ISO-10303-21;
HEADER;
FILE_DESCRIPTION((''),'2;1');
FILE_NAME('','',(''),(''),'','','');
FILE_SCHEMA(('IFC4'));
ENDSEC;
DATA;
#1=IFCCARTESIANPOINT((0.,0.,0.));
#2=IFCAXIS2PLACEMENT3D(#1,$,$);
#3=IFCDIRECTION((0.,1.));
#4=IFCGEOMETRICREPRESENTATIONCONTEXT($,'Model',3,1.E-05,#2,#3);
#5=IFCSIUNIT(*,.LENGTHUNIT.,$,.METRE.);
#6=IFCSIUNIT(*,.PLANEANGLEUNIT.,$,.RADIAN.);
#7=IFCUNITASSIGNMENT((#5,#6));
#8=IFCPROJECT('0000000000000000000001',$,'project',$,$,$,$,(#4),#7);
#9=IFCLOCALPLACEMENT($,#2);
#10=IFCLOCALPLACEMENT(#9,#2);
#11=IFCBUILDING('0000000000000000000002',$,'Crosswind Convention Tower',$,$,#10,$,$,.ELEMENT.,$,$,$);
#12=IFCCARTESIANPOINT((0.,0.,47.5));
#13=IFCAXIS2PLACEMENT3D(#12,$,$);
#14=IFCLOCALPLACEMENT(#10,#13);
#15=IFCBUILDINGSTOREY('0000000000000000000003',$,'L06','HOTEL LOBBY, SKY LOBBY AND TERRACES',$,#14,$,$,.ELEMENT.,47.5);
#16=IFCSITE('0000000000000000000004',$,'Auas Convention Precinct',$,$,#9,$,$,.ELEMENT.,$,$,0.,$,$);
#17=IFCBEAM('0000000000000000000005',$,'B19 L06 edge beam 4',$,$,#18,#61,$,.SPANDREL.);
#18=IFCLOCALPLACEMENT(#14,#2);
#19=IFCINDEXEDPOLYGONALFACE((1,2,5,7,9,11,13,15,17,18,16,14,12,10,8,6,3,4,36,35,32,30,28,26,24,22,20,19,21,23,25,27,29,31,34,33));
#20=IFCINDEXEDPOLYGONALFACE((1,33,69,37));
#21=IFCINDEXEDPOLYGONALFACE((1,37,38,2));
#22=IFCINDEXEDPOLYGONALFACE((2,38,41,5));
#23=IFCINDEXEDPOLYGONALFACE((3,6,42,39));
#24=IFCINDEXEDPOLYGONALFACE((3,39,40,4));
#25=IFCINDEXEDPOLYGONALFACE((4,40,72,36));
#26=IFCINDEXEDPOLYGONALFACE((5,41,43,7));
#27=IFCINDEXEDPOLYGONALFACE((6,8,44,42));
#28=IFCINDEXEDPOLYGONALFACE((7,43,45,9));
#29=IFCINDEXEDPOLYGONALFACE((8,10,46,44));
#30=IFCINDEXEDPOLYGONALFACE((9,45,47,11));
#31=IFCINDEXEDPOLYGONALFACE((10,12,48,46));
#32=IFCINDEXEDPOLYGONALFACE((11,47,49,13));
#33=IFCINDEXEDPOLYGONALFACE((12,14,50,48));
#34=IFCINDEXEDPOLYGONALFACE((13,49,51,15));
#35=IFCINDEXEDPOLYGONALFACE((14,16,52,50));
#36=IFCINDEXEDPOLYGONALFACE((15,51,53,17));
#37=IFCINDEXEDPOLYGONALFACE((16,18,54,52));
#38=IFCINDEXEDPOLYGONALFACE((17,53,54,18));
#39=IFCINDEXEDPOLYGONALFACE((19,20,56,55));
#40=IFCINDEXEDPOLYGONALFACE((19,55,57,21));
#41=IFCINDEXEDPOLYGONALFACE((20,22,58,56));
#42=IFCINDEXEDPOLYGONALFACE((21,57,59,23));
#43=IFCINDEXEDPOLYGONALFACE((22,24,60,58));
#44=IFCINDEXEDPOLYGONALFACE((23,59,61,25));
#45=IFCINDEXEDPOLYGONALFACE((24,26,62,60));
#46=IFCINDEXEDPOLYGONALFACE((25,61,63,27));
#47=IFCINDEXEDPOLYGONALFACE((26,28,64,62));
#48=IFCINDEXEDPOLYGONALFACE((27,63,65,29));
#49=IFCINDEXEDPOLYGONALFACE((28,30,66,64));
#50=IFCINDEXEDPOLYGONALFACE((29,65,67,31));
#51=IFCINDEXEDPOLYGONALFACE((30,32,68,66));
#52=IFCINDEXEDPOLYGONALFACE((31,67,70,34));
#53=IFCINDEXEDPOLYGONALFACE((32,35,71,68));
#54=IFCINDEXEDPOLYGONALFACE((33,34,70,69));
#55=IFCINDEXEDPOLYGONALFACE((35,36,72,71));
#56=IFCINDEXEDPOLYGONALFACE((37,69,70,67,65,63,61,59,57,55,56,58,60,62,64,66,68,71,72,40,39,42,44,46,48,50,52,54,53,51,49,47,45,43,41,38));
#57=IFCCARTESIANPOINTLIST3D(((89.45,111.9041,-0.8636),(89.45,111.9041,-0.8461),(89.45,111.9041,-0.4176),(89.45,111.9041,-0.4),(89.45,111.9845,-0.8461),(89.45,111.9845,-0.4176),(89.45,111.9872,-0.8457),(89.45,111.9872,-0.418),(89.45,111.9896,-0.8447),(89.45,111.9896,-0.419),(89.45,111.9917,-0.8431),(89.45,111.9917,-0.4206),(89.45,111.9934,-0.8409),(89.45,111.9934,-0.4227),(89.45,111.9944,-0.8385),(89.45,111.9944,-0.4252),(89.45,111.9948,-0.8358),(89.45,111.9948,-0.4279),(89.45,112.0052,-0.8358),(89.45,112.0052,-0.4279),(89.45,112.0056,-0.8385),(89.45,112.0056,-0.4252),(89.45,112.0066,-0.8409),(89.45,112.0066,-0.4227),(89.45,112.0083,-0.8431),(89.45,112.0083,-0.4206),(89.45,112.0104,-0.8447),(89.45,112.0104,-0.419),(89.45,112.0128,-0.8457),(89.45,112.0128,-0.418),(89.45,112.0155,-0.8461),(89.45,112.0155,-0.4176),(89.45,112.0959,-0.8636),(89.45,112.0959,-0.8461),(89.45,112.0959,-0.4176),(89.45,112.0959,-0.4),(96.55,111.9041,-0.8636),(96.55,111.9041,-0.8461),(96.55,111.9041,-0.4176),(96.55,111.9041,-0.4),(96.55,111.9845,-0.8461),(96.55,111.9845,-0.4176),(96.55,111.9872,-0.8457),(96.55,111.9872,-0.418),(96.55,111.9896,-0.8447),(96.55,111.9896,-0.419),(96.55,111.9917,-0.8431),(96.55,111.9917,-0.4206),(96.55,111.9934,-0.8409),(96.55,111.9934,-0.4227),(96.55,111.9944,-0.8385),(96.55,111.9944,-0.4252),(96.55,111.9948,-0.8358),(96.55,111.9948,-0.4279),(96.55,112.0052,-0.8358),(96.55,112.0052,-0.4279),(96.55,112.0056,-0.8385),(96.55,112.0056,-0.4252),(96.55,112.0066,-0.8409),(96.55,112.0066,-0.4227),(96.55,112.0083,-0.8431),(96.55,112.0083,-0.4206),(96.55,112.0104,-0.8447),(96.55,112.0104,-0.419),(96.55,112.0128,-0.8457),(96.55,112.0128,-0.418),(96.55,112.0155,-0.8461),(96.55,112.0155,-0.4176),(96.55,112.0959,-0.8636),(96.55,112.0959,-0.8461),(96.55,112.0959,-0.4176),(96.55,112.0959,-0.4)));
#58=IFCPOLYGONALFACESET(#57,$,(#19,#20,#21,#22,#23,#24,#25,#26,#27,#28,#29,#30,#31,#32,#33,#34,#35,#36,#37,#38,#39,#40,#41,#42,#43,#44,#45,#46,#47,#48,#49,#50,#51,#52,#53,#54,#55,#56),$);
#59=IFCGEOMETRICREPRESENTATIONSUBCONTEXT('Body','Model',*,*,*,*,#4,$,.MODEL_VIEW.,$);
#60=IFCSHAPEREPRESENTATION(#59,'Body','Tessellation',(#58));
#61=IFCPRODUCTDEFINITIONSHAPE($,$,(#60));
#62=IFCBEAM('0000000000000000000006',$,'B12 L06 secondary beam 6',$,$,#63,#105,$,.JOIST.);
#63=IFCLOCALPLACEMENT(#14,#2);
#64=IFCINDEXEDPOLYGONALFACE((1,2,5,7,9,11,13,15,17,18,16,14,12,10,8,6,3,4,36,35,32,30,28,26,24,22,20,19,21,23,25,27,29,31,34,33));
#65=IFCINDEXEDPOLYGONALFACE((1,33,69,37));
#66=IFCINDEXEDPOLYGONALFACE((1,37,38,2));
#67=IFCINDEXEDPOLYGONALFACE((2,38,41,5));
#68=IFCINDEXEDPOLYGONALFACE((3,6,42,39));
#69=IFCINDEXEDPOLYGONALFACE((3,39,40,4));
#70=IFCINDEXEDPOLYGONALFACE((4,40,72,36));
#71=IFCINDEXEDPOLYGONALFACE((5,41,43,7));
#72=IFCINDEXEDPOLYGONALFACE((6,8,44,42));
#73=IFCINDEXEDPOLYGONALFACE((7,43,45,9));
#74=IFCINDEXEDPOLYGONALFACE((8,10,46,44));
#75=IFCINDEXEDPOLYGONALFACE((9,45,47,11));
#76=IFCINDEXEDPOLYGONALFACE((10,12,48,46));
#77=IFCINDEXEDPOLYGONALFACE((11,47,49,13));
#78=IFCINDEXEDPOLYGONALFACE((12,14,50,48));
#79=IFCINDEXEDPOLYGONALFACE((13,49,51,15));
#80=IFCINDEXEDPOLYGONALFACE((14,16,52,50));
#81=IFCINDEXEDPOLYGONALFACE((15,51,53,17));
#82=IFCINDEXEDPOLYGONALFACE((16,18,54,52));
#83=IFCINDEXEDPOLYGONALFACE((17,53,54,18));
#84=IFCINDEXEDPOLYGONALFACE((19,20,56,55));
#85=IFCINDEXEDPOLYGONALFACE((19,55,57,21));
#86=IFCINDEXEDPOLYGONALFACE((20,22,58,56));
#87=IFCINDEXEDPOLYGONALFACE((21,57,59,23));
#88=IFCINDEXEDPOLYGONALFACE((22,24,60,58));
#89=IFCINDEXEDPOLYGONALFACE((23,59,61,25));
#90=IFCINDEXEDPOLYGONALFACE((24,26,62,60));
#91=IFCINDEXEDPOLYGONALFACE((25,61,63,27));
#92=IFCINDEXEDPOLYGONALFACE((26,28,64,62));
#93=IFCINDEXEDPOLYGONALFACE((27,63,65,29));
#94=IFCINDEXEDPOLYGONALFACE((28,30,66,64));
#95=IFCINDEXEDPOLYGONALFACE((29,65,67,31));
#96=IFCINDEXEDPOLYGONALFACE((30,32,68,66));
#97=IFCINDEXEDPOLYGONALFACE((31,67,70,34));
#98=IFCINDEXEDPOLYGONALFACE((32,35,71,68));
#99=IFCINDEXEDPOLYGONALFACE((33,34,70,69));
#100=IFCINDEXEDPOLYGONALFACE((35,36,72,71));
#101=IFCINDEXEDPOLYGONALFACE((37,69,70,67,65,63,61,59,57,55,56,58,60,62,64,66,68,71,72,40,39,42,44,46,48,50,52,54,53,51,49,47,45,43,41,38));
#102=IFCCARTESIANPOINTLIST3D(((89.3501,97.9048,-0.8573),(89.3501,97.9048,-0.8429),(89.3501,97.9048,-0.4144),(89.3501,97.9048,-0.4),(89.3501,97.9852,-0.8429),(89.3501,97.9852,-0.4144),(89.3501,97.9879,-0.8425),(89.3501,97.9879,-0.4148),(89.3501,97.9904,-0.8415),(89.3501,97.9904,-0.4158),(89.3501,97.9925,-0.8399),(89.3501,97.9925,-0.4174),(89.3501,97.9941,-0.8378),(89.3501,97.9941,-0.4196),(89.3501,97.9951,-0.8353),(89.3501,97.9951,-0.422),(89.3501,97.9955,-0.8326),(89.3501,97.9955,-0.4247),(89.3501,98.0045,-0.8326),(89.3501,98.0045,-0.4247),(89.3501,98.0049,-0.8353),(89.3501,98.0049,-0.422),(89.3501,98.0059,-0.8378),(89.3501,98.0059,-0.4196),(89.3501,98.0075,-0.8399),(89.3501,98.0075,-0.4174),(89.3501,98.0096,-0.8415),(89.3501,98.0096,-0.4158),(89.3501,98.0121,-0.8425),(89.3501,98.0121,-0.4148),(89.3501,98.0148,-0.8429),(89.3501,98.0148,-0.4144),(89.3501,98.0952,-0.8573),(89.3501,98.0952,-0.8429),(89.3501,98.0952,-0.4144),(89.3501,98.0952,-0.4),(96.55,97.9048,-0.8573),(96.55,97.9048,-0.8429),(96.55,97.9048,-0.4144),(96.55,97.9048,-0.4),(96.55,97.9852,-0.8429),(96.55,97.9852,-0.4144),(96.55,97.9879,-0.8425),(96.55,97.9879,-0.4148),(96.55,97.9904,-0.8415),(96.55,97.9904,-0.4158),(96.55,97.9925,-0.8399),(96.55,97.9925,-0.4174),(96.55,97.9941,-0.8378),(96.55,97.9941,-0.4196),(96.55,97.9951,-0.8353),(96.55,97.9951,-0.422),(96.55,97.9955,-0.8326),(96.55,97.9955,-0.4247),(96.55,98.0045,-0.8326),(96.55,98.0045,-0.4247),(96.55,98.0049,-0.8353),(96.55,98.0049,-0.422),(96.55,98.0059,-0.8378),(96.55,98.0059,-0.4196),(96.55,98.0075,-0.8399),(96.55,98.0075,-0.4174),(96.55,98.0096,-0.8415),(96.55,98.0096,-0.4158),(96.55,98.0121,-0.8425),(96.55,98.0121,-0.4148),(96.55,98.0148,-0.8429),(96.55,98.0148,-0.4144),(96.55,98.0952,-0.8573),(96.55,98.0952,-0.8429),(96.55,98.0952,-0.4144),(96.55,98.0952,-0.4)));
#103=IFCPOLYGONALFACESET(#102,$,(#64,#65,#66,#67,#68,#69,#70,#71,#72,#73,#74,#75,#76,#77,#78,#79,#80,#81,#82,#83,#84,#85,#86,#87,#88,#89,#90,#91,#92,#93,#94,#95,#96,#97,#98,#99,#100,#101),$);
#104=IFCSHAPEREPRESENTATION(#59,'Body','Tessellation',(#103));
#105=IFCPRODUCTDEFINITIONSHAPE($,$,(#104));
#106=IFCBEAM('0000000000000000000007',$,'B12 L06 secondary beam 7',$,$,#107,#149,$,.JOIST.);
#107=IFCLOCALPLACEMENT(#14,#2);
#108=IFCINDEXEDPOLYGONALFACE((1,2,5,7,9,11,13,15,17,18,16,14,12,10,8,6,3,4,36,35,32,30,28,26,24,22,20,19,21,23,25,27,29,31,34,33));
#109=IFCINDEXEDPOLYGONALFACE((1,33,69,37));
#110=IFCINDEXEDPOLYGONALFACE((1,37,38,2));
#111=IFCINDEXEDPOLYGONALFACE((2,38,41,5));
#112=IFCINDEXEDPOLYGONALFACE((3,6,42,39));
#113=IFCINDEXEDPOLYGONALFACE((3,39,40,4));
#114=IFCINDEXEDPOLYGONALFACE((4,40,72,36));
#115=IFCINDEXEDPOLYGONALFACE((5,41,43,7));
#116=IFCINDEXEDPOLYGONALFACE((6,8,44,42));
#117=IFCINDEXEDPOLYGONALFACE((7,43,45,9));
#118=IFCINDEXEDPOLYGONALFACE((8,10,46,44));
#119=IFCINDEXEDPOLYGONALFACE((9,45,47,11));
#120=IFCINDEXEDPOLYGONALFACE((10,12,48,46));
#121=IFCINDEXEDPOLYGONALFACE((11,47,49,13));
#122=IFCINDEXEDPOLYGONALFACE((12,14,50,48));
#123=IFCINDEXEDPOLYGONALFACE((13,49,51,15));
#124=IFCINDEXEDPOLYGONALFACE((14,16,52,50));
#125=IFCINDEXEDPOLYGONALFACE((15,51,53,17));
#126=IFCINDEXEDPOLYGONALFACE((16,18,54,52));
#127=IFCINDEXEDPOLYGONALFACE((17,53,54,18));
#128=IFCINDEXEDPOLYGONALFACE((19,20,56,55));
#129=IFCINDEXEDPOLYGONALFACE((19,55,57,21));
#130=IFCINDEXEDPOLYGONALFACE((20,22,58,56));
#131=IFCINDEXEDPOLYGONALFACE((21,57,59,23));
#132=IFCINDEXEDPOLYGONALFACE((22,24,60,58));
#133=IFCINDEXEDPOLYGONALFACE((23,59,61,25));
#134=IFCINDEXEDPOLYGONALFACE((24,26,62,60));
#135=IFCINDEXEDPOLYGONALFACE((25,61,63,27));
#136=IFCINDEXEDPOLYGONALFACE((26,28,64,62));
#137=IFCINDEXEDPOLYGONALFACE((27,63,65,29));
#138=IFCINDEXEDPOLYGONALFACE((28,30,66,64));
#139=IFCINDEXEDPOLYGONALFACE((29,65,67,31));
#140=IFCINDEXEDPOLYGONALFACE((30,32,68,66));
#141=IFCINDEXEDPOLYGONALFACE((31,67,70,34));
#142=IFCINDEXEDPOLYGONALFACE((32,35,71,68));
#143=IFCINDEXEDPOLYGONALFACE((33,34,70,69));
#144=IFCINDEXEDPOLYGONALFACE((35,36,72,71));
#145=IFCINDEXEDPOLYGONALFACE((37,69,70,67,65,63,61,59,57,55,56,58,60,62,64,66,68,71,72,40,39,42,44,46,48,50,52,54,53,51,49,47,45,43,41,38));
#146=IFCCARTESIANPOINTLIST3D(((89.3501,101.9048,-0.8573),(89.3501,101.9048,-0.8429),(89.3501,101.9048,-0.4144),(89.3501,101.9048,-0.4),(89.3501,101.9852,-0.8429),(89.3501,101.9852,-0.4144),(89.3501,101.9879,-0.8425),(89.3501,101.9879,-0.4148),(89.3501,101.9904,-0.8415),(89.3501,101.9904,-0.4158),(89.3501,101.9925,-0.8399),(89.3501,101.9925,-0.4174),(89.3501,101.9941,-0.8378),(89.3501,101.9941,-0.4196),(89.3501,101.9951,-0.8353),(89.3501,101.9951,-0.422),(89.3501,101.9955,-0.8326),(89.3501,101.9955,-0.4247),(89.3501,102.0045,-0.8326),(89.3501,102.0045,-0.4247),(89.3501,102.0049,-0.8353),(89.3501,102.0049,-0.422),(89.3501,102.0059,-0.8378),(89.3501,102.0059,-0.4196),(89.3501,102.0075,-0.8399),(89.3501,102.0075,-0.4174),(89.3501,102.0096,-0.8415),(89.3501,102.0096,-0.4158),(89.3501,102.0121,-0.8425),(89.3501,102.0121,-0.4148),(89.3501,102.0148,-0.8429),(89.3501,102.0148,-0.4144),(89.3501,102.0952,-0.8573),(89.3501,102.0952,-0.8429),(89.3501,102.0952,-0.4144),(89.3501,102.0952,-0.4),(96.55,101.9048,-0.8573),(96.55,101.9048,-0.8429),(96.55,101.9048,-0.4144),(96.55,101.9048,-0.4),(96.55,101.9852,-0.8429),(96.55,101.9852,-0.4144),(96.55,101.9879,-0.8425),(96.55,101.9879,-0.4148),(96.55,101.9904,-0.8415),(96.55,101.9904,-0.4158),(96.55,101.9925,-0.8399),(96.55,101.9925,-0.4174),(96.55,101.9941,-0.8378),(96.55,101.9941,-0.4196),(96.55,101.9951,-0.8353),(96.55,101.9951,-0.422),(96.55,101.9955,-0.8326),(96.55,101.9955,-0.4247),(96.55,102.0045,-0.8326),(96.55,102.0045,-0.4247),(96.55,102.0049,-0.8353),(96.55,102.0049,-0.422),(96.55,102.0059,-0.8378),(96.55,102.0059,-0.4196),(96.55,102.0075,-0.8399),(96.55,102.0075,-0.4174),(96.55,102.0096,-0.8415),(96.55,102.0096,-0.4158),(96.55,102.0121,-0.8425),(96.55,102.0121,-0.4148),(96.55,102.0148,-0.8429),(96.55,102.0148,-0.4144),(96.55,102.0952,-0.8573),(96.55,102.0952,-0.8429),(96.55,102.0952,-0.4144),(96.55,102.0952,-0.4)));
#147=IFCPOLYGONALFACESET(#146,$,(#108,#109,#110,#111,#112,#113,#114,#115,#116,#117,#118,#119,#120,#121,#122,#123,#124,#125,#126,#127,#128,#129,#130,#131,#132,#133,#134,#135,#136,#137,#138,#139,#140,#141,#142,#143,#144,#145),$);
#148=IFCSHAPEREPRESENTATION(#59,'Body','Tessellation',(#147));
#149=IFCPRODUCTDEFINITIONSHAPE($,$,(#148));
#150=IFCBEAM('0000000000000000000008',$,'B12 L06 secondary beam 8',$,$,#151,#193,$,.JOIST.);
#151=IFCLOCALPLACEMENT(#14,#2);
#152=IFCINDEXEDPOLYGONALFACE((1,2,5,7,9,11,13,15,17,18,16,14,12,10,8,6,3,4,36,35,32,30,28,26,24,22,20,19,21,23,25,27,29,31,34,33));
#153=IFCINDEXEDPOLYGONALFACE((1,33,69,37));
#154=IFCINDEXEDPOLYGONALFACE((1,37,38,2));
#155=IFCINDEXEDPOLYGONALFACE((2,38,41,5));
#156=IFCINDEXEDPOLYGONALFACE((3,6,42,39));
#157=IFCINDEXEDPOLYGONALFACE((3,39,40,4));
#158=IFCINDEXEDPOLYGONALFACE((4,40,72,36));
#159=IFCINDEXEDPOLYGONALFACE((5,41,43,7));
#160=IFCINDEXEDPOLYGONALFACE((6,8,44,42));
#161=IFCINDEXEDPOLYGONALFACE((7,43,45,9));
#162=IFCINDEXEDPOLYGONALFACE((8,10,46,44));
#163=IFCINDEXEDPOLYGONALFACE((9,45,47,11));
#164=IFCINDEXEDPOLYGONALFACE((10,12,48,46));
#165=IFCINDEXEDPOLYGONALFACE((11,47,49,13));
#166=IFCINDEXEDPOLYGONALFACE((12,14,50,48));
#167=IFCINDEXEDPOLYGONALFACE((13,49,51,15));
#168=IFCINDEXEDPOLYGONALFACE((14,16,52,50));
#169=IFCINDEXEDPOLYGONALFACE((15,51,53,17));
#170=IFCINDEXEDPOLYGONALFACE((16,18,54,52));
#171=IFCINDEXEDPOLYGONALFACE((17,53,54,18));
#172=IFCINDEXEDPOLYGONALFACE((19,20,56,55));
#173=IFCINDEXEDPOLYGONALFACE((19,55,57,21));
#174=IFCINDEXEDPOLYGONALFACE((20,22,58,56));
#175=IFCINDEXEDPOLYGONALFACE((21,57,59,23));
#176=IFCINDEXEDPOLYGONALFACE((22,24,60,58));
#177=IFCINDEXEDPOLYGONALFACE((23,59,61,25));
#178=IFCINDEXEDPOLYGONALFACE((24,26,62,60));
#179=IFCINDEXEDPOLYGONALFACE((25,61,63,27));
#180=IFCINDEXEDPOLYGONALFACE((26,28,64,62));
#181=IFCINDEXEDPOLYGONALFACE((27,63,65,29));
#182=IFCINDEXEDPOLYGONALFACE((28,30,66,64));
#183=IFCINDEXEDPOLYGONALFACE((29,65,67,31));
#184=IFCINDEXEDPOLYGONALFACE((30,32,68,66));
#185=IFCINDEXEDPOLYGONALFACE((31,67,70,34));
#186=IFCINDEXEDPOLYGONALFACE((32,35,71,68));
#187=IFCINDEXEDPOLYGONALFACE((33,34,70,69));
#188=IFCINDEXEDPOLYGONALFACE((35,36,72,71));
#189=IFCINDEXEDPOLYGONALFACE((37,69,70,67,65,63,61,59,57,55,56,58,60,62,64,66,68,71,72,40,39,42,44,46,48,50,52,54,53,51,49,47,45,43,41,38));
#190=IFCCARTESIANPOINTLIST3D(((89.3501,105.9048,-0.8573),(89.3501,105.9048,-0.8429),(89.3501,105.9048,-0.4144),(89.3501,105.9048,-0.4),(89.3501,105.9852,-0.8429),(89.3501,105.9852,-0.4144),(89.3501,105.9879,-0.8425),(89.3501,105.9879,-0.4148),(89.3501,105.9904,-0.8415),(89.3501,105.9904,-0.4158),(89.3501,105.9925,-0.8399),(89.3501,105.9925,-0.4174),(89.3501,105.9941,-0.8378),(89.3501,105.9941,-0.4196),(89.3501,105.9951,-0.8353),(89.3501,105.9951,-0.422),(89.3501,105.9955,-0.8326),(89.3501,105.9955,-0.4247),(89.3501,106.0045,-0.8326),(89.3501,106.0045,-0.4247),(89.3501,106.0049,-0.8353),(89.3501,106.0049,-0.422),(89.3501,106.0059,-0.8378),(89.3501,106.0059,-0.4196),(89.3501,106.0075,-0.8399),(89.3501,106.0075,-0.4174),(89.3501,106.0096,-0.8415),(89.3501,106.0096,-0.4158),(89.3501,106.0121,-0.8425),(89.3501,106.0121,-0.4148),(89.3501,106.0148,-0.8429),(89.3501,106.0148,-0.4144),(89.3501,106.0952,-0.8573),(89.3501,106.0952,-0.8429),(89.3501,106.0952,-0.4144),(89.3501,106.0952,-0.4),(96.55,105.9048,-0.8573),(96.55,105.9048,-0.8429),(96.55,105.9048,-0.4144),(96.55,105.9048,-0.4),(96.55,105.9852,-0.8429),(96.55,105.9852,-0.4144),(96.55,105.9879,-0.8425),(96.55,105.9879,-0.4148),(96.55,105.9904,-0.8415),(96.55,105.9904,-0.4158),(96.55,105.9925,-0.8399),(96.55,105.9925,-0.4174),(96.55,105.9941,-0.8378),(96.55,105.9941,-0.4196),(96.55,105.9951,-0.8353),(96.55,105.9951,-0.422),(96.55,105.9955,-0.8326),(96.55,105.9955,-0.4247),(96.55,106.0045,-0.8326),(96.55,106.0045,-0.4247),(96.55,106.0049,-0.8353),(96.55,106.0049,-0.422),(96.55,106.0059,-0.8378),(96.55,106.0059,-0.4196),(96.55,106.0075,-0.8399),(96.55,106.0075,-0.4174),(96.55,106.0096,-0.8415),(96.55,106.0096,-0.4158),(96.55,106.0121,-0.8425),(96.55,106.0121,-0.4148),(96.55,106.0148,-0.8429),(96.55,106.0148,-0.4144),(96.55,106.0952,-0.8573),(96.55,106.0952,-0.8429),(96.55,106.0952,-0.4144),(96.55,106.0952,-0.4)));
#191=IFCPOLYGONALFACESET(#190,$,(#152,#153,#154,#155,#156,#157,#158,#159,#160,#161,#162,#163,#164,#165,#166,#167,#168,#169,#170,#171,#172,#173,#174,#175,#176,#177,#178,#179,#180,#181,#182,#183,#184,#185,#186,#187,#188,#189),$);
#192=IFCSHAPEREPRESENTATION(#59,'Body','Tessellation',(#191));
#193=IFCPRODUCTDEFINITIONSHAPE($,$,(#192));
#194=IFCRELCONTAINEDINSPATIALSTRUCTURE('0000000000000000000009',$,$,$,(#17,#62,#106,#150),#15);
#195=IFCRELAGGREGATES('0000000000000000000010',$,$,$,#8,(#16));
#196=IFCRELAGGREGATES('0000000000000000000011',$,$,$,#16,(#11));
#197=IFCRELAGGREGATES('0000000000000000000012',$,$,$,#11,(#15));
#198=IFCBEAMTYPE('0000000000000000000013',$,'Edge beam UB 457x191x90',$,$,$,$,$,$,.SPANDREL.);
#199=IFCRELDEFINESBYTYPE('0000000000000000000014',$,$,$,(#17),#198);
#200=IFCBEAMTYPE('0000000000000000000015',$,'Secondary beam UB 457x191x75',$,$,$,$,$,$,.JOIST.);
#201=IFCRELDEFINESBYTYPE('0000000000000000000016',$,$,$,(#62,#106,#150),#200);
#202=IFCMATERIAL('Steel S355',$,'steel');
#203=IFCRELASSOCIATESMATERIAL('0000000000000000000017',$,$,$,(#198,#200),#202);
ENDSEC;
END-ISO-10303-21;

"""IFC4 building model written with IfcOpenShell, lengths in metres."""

from ifc_helpers import new_model, si_unit, direction, frame, origin, origin_2d, place, context, subcontext, project, spatial, i_section, extrude, material, material_profile, profile_set, type_object, element, save


model = new_model("IFC4")

# Units and contexts
model_context = context("Model", 3, precision=1e-05, world=origin(), true_north=direction((0.0, 1.0)))
body_context = subcontext(model_context, "Body", "Model", "MODEL_VIEW")
ifc_project = project(units=[si_unit("LENGTHUNIT", "METRE"), si_unit("PLANEANGLEUNIT", "RADIAN")], contexts=[model_context])

# Site, building, storey
site_placement = place(None, origin())
site = spatial("IfcSite", under=ifc_project, at=site_placement, Name="Auas Convention Precinct", CompositionType="ELEMENT", RefElevation=0.0)
building_placement = place(site_placement, origin())
building = spatial("IfcBuilding", under=site, at=building_placement, Name="Crosswind Convention Tower", CompositionType="ELEMENT")
storey_placement = place(building_placement, frame((0.0, 0.0, 47.5)))
storey = spatial("IfcBuildingStorey", under=building, at=storey_placement, Name="L06", Description="HOTEL LOBBY, SKY LOBBY AND TERRACES", CompositionType="ELEMENT", Elevation=47.5)

# Beams
ifc_material_1 = material(Name="Steel S355", Category="steel")
ifc_material_profile_1 = material_profile(ifc_material_1, i_section(OverallWidth=0.1919, OverallDepth=0.4636, WebThickness=0.0105, FlangeThickness=0.0176, FilletRadius=0.0103, at=origin_2d()), Name="UB 457x191x90")
ifc_profile_set_1 = profile_set([ifc_material_profile_1], Name="Steel S355")
beam_type_1 = type_object("IfcBeamType", Name="Edge beam UB 457x191x90", PredefinedType="SPANDREL", material=ifc_profile_set_1)
beam_1_placement = place(storey_placement, frame((89.45, 112.0, -0.6318), z_axis=(1.0, 0.0, 0.0), x_axis=(0.0, 1.0, 0.0)))
element("IfcBeam", 1, at=beam_1_placement, inside=storey, type_object=beam_type_1, Name="B19 L06 edge beam 4", PredefinedType="SPANDREL", context=body_context, shape_type="SweptSolid", body=[
    extrude(i_section(OverallWidth=0.1919, OverallDepth=0.4636, WebThickness=0.0105, FlangeThickness=0.0176, FilletRadius=0.0103, at=origin_2d()), origin(), (0.0, 0.0, 1.0), 7.1001),
])
ifc_material_profile_2 = material_profile(ifc_material_1, i_section(OverallWidth=0.1904, OverallDepth=0.4573, WebThickness=0.009, FlangeThickness=0.0144, FilletRadius=0.0103, at=origin_2d()), Name="UB 457x191x75")
ifc_profile_set_2 = profile_set([ifc_material_profile_2], Name="Steel S355")
beam_type_2 = type_object("IfcBeamType", Name="Secondary beam UB 457x191x75", PredefinedType="JOIST", material=ifc_profile_set_2)
for number, where, z_axis, x_axis, name in (
    (2, (89.3501, 98.0, -0.6287), (1.0, 0.0, 0.0), (0.0, 1.0, 0.0), "B12 L06 secondary beam 6"),
    (3, (89.3501, 102.0, -0.6287), (1.0, 0.0, 0.0), (0.0, 1.0, 0.0), "B12 L06 secondary beam 7"),
    (4, (89.3501, 106.0, -0.6287), (1.0, 0.0, 0.0), (0.0, 1.0, 0.0), "B12 L06 secondary beam 8"),
):
    element("IfcBeam", number, at=place(storey_placement, frame(where, z_axis=z_axis, x_axis=x_axis)), inside=storey, type_object=beam_type_2, Name=name, PredefinedType="JOIST", context=body_context, shape_type="SweptSolid", body=[
        extrude(i_section(OverallWidth=0.1904, OverallDepth=0.4573, WebThickness=0.009, FlangeThickness=0.0144, FilletRadius=0.0103, at=origin_2d()), origin(), (0.0, 0.0, 1.0), 7.2),
    ])

save(model, "model.ifc")
